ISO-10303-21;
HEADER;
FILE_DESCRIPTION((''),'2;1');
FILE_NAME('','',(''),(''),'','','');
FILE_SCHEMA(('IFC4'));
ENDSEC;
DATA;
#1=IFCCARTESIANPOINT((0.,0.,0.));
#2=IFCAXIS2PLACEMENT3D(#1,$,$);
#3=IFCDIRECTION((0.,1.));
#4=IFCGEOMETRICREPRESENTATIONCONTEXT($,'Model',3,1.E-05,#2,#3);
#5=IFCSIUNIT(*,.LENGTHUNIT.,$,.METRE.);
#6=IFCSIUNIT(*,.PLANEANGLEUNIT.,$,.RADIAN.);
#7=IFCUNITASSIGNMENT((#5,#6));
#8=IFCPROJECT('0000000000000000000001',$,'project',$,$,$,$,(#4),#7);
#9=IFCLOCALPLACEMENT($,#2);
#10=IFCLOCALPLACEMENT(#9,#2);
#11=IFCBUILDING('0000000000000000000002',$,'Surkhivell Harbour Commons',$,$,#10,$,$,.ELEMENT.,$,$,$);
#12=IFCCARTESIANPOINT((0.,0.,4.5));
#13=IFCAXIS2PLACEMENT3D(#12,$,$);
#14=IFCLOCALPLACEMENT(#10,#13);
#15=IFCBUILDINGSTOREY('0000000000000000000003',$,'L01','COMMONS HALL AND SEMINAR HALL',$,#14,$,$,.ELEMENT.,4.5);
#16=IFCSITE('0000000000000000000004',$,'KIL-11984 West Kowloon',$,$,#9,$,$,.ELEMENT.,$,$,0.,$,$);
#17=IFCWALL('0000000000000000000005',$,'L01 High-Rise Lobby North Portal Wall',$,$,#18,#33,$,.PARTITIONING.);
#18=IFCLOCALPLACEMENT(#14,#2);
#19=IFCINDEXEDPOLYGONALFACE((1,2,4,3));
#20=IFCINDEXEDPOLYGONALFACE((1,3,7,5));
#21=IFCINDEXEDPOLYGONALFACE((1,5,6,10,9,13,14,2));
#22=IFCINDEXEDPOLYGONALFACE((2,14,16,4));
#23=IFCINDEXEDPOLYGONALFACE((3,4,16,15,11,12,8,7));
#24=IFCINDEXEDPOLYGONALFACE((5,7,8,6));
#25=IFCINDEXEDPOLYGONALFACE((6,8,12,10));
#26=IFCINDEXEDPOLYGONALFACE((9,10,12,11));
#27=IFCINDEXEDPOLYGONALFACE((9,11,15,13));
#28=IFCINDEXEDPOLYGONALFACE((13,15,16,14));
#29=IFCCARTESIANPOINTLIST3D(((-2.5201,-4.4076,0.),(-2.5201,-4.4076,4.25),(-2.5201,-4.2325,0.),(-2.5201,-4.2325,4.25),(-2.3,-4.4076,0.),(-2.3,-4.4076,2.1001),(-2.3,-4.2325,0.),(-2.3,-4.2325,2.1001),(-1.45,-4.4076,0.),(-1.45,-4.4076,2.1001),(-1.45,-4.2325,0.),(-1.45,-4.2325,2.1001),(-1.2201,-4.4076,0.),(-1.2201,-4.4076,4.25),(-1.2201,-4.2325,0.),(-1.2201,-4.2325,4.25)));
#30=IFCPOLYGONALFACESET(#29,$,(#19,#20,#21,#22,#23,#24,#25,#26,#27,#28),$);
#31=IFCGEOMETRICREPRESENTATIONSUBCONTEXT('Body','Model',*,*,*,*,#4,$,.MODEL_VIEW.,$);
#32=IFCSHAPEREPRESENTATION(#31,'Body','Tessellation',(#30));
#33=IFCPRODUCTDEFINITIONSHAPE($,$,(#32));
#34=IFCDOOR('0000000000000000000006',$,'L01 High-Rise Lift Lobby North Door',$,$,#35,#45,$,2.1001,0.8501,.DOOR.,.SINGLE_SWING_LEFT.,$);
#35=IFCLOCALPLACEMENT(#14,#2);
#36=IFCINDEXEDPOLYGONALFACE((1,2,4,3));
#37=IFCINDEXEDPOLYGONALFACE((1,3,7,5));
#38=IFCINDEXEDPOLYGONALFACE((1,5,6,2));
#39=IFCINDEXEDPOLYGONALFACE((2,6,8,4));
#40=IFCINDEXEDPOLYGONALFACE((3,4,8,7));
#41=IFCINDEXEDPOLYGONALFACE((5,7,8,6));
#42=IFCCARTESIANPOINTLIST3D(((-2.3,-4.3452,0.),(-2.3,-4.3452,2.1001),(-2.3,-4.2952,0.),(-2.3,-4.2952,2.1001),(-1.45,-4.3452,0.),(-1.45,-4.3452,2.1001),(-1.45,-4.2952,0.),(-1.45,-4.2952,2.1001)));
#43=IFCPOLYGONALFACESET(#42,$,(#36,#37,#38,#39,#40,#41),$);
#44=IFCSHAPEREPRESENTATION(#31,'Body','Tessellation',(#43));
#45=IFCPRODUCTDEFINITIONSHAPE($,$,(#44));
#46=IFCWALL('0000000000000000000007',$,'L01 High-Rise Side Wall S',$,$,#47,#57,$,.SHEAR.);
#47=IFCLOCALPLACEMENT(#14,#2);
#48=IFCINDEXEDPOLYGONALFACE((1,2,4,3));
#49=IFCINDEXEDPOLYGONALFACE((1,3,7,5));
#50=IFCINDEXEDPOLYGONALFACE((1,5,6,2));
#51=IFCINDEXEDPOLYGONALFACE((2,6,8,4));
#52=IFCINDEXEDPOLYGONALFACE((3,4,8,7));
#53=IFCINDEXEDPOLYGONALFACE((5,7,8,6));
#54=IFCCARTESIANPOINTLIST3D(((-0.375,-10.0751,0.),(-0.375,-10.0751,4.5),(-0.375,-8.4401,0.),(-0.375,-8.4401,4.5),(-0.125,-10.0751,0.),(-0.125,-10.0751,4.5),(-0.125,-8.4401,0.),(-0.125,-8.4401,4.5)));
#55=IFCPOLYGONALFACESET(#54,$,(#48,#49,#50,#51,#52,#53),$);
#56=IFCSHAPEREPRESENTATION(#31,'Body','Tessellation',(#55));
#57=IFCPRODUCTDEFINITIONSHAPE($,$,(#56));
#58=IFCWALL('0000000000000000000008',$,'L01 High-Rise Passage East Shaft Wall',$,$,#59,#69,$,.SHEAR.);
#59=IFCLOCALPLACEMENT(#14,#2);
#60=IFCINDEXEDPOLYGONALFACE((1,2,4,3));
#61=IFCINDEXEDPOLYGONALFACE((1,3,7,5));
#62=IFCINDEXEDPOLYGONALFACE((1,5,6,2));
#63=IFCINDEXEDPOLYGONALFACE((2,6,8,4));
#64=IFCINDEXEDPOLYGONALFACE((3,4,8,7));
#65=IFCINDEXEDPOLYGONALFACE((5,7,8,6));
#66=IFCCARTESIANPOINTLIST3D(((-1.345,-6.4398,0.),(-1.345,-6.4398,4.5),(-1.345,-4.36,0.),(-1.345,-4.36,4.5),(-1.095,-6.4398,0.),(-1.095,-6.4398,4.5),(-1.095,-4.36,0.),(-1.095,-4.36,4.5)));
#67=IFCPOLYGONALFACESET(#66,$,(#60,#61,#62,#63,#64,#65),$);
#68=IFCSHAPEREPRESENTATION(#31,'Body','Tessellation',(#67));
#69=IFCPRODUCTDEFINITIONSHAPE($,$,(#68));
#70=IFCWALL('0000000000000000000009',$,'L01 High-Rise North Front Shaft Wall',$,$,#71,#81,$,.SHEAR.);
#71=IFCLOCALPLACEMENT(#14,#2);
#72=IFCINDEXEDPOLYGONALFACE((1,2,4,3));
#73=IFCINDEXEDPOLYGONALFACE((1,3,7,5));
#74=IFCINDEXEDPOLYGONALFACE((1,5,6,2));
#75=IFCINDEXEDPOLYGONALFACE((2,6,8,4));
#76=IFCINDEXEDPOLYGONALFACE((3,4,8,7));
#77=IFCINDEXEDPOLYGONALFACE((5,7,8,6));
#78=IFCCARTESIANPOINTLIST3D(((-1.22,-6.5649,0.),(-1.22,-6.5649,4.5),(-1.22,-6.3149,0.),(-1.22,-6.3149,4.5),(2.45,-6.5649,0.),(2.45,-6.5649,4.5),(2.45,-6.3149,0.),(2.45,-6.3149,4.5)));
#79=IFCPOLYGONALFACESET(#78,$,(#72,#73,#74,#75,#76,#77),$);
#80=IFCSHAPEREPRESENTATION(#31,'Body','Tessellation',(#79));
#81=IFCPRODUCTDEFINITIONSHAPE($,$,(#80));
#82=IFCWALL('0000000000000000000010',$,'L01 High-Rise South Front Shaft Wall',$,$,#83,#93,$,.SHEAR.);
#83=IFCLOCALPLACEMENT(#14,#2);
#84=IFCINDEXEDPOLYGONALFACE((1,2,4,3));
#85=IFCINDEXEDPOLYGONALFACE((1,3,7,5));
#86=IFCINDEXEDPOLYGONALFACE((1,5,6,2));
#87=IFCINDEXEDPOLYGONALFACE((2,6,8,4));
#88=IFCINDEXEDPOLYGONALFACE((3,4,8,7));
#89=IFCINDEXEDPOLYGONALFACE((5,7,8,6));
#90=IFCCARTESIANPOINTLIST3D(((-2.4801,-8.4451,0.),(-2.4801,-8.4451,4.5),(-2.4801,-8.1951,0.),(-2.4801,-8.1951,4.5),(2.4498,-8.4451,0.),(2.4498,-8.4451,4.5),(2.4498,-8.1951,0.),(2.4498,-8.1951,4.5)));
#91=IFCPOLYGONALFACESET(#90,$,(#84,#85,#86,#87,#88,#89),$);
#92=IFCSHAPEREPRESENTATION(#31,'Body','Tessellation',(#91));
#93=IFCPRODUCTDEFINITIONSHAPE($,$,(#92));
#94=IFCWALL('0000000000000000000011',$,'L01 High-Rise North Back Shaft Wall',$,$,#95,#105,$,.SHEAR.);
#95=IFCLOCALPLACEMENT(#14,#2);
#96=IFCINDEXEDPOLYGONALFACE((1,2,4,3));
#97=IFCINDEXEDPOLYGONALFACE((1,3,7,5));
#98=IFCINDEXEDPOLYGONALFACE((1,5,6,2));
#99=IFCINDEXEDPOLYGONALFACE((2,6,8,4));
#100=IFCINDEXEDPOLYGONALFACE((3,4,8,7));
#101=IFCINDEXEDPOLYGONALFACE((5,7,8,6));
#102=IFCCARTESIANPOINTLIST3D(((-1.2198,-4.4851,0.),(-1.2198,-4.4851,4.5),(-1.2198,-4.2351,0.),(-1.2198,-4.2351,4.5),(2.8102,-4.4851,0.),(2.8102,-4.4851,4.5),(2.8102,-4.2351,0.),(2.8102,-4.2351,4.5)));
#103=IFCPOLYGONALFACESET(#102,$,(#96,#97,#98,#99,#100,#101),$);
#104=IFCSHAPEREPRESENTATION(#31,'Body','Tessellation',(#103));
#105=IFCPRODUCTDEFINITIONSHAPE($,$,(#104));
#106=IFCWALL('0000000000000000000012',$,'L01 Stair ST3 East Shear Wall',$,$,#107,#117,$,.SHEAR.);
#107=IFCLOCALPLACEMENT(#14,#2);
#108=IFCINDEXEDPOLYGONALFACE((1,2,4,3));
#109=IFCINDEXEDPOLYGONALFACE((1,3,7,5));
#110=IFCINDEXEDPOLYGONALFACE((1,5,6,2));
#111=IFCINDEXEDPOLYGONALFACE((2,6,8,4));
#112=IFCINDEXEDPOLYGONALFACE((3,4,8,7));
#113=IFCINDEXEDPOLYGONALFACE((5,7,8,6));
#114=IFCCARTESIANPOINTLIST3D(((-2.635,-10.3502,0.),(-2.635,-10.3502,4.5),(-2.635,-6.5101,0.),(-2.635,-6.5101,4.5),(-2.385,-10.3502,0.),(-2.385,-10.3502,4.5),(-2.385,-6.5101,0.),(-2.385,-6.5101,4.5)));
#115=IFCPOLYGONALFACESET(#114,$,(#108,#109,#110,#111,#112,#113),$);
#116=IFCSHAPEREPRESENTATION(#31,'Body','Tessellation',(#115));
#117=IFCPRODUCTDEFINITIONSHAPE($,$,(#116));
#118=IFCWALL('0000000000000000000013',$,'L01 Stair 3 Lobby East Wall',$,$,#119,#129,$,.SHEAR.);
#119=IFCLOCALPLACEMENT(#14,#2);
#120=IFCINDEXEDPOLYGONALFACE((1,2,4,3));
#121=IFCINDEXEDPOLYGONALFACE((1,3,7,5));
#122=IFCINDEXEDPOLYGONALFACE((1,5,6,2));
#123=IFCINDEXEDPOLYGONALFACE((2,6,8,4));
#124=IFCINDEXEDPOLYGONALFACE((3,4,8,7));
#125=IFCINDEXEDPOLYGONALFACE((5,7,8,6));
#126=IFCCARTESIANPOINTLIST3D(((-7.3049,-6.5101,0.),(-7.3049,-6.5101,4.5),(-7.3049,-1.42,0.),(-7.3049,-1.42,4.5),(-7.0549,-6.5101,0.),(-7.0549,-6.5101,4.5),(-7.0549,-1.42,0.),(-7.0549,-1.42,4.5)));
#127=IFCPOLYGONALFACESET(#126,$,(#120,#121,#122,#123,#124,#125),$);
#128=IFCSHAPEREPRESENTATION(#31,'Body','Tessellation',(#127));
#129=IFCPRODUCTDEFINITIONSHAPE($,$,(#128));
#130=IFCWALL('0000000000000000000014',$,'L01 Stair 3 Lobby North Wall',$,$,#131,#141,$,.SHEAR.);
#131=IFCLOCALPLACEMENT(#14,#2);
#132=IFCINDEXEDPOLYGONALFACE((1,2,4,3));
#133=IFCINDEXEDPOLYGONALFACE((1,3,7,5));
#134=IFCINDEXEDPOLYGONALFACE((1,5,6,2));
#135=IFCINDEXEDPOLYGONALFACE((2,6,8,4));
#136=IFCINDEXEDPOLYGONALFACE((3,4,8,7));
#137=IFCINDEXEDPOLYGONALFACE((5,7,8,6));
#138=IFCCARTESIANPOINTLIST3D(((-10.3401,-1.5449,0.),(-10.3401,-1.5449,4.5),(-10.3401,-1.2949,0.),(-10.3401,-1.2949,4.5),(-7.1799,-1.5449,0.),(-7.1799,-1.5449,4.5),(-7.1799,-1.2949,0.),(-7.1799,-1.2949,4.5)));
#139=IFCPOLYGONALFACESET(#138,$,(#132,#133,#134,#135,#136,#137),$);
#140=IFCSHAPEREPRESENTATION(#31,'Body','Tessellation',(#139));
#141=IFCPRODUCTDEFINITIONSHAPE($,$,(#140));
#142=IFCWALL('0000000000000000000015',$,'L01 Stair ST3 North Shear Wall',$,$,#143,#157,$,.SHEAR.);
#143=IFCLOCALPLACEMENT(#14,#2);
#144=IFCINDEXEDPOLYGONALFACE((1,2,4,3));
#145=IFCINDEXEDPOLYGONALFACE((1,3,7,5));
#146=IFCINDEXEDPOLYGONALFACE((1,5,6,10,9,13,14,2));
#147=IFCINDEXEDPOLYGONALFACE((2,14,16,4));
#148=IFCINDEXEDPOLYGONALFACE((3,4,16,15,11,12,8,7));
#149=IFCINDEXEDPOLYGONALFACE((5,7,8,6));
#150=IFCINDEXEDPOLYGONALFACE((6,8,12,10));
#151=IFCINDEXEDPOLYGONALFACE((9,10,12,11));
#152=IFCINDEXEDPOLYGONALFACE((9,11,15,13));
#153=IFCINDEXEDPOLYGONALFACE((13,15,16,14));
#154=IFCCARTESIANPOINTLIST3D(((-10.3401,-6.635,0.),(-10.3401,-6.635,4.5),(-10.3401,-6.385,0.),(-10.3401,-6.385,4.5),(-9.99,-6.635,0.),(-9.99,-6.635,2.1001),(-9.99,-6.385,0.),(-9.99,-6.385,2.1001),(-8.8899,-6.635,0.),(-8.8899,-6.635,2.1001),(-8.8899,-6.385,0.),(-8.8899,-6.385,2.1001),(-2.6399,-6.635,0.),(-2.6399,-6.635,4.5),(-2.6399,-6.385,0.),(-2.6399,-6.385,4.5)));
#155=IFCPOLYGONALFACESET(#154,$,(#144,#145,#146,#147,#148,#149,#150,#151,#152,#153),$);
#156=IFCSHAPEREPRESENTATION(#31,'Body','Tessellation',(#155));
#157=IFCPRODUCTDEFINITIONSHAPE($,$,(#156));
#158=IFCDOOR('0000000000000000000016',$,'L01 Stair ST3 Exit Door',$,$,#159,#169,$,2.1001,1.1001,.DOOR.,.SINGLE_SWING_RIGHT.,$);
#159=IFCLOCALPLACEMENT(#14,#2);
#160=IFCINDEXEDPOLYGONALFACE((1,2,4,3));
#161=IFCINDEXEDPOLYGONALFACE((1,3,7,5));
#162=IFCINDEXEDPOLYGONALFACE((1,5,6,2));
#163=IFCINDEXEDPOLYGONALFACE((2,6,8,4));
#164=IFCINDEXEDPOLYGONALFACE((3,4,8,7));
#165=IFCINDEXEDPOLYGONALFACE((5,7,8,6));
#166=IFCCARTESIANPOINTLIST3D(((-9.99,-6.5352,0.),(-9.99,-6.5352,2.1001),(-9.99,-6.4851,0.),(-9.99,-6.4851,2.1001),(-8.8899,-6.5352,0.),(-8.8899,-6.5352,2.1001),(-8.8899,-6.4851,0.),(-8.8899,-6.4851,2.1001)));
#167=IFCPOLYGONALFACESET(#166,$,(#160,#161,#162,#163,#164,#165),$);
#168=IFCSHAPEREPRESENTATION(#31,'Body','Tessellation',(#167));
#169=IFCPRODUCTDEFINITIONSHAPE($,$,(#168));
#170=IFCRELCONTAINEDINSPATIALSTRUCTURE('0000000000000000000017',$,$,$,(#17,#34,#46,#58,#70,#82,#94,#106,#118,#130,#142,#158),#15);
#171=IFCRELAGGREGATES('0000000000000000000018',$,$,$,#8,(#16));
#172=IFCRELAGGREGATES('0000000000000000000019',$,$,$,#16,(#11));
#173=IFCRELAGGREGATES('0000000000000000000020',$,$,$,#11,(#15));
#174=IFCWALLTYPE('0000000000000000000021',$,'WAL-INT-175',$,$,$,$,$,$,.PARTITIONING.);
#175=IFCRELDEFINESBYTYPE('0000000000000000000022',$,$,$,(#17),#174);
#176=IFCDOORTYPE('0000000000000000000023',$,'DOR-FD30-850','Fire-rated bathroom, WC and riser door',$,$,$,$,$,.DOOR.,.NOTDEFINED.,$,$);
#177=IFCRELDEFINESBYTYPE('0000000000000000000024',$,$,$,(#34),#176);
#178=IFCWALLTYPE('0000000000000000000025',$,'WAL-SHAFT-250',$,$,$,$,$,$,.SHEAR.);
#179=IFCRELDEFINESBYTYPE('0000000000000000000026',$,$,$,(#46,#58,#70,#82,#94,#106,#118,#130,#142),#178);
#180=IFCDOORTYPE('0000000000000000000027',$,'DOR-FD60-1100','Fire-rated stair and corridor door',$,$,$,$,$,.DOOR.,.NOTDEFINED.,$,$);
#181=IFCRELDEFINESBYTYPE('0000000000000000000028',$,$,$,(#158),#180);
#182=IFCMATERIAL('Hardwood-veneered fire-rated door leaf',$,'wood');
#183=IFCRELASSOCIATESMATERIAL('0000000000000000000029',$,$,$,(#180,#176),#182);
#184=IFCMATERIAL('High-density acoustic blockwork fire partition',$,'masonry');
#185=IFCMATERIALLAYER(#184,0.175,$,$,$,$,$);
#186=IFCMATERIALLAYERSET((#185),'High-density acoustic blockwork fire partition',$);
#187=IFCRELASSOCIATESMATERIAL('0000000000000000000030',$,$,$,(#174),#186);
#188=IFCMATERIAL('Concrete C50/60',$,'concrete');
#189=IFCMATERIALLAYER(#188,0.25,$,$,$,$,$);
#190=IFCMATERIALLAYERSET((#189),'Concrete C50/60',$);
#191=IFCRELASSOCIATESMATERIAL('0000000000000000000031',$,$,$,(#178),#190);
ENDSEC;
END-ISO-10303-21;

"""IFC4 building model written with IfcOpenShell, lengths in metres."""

from ifc_helpers import new_model, si_unit, direction, frame, frame_2d, origin, place, context, subcontext, project, spatial, rectangle, extrude, material, layer, layer_set, type_object, element, fill, save


model = new_model("IFC4")

# Units and contexts
model_context = context("Model", 3, precision=1e-05, world=origin(), true_north=direction((0.0, 1.0)))
body_context = subcontext(model_context, "Body", "Model", "MODEL_VIEW")
ifc_project = project(units=[si_unit("LENGTHUNIT", "METRE"), si_unit("PLANEANGLEUNIT", "RADIAN")], contexts=[model_context])

# Site, building, storey
site_placement = place(None, origin())
site = spatial("IfcSite", under=ifc_project, at=site_placement, Name="KIL-11984 West Kowloon", CompositionType="ELEMENT", RefElevation=0.0)
building_placement = place(site_placement, origin())
building = spatial("IfcBuilding", under=site, at=building_placement, Name="Surkhivell Harbour Commons", CompositionType="ELEMENT")
storey_placement = place(building_placement, frame((0.0, 0.0, 4.5)))
storey = spatial("IfcBuildingStorey", under=building, at=storey_placement, Name="L01", Description="COMMONS HALL AND SEMINAR HALL", CompositionType="ELEMENT", Elevation=4.5)

# Shared definitions
ifc_material_1 = material(Name="Hardwood-veneered fire-rated door leaf", Category="wood")
door_type_1 = type_object("IfcDoorType", Name="DOR-FD60-1100", Description="Fire-rated stair and corridor door", OperationType="NOTDEFINED", PredefinedType="DOOR", material=ifc_material_1)
door_type_2 = type_object("IfcDoorType", Name="DOR-FD30-850", Description="Fire-rated bathroom, WC and riser door", OperationType="NOTDEFINED", PredefinedType="DOOR", material=ifc_material_1)

# Shared definitions
ifc_material_2 = material(Name="High-density acoustic blockwork fire partition", Category="masonry")
ifc_layer_1 = layer(ifc_material_2, 0.175)
ifc_layer_set_1 = layer_set([ifc_layer_1], Name="High-density acoustic blockwork fire partition")
wall_type_1 = type_object("IfcWallType", Name="WAL-INT-175", PredefinedType="PARTITIONING", material=ifc_layer_set_1)

# Wall, opening, door
wall_1_placement = place(storey_placement, frame((-2.52, -4.3201, 0.0), z_axis=(0.0, 0.0, 1.0), x_axis=(1.0, 0.0, 0.0)))
wall_1 = element("IfcWall", 1, at=wall_1_placement, inside=storey, type_object=wall_type_1, Name="L01 High-Rise Lobby North Portal Wall", PredefinedType="PARTITIONING", context=body_context, shape_type="SweptSolid", body=[
    extrude(rectangle(XDim=1.3, YDim=0.175, at=frame_2d((0.6499, 0.0))), origin(), (0.0, 0.0, 1.0), 4.25),
])
opening_1_placement = place(wall_1_placement, frame((0.22, 0.0, 0.0)))
opening_1 = element("IfcOpeningElement", 2, at=opening_1_placement, cuts=wall_1, PredefinedType="OPENING", context=body_context, shape_type="SweptSolid", body=[
    extrude(rectangle(XDim=0.8501, YDim=2.1001, at=frame_2d((0.425, 1.05))), frame((0.0, 0.0974, 0.0), z_axis=(0.0, -1.0, 0.0), x_axis=(1.0, 0.0, 0.0)), (0.0, 0.0, 1.0), 0.1951),
])
door_1_placement = place(opening_1_placement, origin())
door_1 = element("IfcDoor", 3, at=door_1_placement, inside=storey, type_object=door_type_2, Name="L01 High-Rise Lift Lobby North Door", OperationType="SINGLE_SWING_LEFT", OverallHeight=2.1001, OverallWidth=0.8501, PredefinedType="DOOR", context=body_context, shape_type="SweptSolid", body=[
    extrude(rectangle(XDim=0.8501, YDim=2.1001, at=frame_2d((0.425, 1.05))), frame((0.0, 0.0249, 0.0), z_axis=(0.0, -1.0, 0.0), x_axis=(1.0, 0.0, 0.0)), (0.0, 0.0, 1.0), 0.05),
])
fill(opening_1, door_1)

# Walls
ifc_material_3 = material(Name="Concrete C50/60", Category="concrete")
ifc_layer_2 = layer(ifc_material_3, 0.25)
ifc_layer_set_2 = layer_set([ifc_layer_2], Name="Concrete C50/60")
wall_type_2 = type_object("IfcWallType", Name="WAL-SHAFT-250", PredefinedType="SHEAR", material=ifc_layer_set_2)
wall_2_placement = place(storey_placement, frame((-0.25, -10.075, 0.0), z_axis=(0.0, 0.0, 1.0), x_axis=(0.0, 1.0, 0.0)))
element("IfcWall", 4, at=wall_2_placement, inside=storey, type_object=wall_type_2, Name="L01 High-Rise Side Wall S", PredefinedType="SHEAR", context=body_context, shape_type="SweptSolid", body=[
    extrude(rectangle(XDim=1.635, YDim=0.25, at=frame_2d((0.8174, 0.0))), origin(), (0.0, 0.0, 1.0), 4.5),
])
wall_3_placement = place(storey_placement, frame((-1.22, -6.4399, 0.0), z_axis=(0.0, 0.0, 1.0), x_axis=(0.0, 1.0, 0.0)))
element("IfcWall", 5, at=wall_3_placement, inside=storey, type_object=wall_type_2, Name="L01 High-Rise Passage East Shaft Wall", PredefinedType="SHEAR", context=body_context, shape_type="SweptSolid", body=[
    extrude(rectangle(XDim=2.0798, YDim=0.25, at=frame_2d((1.04, 0.0))), origin(), (0.0, 0.0, 1.0), 4.5),
])
wall_4_placement = place(storey_placement, frame((-1.22, -6.4399, 0.0), z_axis=(0.0, 0.0, 1.0), x_axis=(1.0, 0.0, 0.0)))
element("IfcWall", 6, at=wall_4_placement, inside=storey, type_object=wall_type_2, Name="L01 High-Rise North Front Shaft Wall", PredefinedType="SHEAR", context=body_context, shape_type="SweptSolid", body=[
    extrude(rectangle(XDim=3.6699, YDim=0.25, at=frame_2d((1.835, 0.0))), origin(), (0.0, 0.0, 1.0), 4.5),
])
wall_5_placement = place(storey_placement, frame((-2.48, -8.3201, 0.0), z_axis=(0.0, 0.0, 1.0), x_axis=(1.0, 0.0, 0.0)))
element("IfcWall", 7, at=wall_5_placement, inside=storey, type_object=wall_type_2, Name="L01 High-Rise South Front Shaft Wall", PredefinedType="SHEAR", context=body_context, shape_type="SweptSolid", body=[
    extrude(rectangle(XDim=4.9299, YDim=0.25, at=frame_2d((2.4648, 0.0))), origin(), (0.0, 0.0, 1.0), 4.5),
])
wall_6_placement = place(storey_placement, frame((-1.22, -4.3601, 0.0), z_axis=(0.0, 0.0, 1.0), x_axis=(1.0, 0.0, 0.0)))
element("IfcWall", 8, at=wall_6_placement, inside=storey, type_object=wall_type_2, Name="L01 High-Rise North Back Shaft Wall", PredefinedType="SHEAR", context=body_context, shape_type="SweptSolid", body=[
    extrude(rectangle(XDim=4.03, YDim=0.25, at=frame_2d((2.0151, 0.0))), origin(), (0.0, 0.0, 1.0), 4.5),
])
wall_7_placement = place(storey_placement, frame((-2.51, -10.3501, 0.0), z_axis=(0.0, 0.0, 1.0), x_axis=(0.0, 1.0, 0.0)))
element("IfcWall", 9, at=wall_7_placement, inside=storey, type_object=wall_type_2, Name="L01 Stair ST3 East Shear Wall", PredefinedType="SHEAR", context=body_context, shape_type="SweptSolid", body=[
    extrude(rectangle(XDim=3.8401, YDim=0.25, at=frame_2d((1.9199, 0.0))), origin(), (0.0, 0.0, 1.0), 4.5),
])
wall_8_placement = place(storey_placement, frame((-7.1799, -6.51, 0.0), z_axis=(0.0, 0.0, 1.0), x_axis=(0.0, 1.0, 0.0)))
element("IfcWall", 10, at=wall_8_placement, inside=storey, type_object=wall_type_2, Name="L01 Stair 3 Lobby East Wall", PredefinedType="SHEAR", context=body_context, shape_type="SweptSolid", body=[
    extrude(rectangle(XDim=5.0901, YDim=0.25, at=frame_2d((2.5449, 0.0))), origin(), (0.0, 0.0, 1.0), 4.5),
])
wall_9_placement = place(storey_placement, frame((-10.3401, -1.4199, 0.0), z_axis=(0.0, 0.0, 1.0), x_axis=(1.0, 0.0, 0.0)))
element("IfcWall", 11, at=wall_9_placement, inside=storey, type_object=wall_type_2, Name="L01 Stair 3 Lobby North Wall", PredefinedType="SHEAR", context=body_context, shape_type="SweptSolid", body=[
    extrude(rectangle(XDim=3.1602, YDim=0.25, at=frame_2d((1.5801, 0.0))), origin(), (0.0, 0.0, 1.0), 4.5),
])

# Wall, opening, door
wall_10_placement = place(storey_placement, frame((-10.3401, -6.51, 0.0), z_axis=(0.0, 0.0, 1.0), x_axis=(1.0, 0.0, 0.0)))
wall_10 = element("IfcWall", 12, at=wall_10_placement, inside=storey, type_object=wall_type_2, Name="L01 Stair ST3 North Shear Wall", PredefinedType="SHEAR", context=body_context, shape_type="SweptSolid", body=[
    extrude(rectangle(XDim=7.7002, YDim=0.25, at=frame_2d((3.8501, 0.0))), origin(), (0.0, 0.0, 1.0), 4.5),
])
opening_2_placement = place(wall_10_placement, frame((0.3501, 0.0, 0.0)))
opening_2 = element("IfcOpeningElement", 13, at=opening_2_placement, cuts=wall_10, PredefinedType="OPENING", context=body_context, shape_type="SweptSolid", body=[
    extrude(rectangle(XDim=1.1001, YDim=2.1001, at=frame_2d((0.55, 1.05))), frame((0.0, 0.135, 0.0), z_axis=(0.0, -1.0, 0.0), x_axis=(1.0, 0.0, 0.0)), (0.0, 0.0, 1.0), 0.27),
])
door_2_placement = place(opening_2_placement, origin())
door_2 = element("IfcDoor", 14, at=door_2_placement, inside=storey, type_object=door_type_1, Name="L01 Stair ST3 Exit Door", OperationType="SINGLE_SWING_RIGHT", OverallHeight=2.1001, OverallWidth=1.1001, PredefinedType="DOOR", context=body_context, shape_type="SweptSolid", body=[
    extrude(rectangle(XDim=1.1001, YDim=2.1001, at=frame_2d((0.55, 1.05))), frame((0.0, 0.0249, 0.0), z_axis=(0.0, -1.0, 0.0), x_axis=(1.0, 0.0, 0.0)), (0.0, 0.0, 1.0), 0.05),
])
fill(opening_2, door_2)

save(model, "model.ifc")
